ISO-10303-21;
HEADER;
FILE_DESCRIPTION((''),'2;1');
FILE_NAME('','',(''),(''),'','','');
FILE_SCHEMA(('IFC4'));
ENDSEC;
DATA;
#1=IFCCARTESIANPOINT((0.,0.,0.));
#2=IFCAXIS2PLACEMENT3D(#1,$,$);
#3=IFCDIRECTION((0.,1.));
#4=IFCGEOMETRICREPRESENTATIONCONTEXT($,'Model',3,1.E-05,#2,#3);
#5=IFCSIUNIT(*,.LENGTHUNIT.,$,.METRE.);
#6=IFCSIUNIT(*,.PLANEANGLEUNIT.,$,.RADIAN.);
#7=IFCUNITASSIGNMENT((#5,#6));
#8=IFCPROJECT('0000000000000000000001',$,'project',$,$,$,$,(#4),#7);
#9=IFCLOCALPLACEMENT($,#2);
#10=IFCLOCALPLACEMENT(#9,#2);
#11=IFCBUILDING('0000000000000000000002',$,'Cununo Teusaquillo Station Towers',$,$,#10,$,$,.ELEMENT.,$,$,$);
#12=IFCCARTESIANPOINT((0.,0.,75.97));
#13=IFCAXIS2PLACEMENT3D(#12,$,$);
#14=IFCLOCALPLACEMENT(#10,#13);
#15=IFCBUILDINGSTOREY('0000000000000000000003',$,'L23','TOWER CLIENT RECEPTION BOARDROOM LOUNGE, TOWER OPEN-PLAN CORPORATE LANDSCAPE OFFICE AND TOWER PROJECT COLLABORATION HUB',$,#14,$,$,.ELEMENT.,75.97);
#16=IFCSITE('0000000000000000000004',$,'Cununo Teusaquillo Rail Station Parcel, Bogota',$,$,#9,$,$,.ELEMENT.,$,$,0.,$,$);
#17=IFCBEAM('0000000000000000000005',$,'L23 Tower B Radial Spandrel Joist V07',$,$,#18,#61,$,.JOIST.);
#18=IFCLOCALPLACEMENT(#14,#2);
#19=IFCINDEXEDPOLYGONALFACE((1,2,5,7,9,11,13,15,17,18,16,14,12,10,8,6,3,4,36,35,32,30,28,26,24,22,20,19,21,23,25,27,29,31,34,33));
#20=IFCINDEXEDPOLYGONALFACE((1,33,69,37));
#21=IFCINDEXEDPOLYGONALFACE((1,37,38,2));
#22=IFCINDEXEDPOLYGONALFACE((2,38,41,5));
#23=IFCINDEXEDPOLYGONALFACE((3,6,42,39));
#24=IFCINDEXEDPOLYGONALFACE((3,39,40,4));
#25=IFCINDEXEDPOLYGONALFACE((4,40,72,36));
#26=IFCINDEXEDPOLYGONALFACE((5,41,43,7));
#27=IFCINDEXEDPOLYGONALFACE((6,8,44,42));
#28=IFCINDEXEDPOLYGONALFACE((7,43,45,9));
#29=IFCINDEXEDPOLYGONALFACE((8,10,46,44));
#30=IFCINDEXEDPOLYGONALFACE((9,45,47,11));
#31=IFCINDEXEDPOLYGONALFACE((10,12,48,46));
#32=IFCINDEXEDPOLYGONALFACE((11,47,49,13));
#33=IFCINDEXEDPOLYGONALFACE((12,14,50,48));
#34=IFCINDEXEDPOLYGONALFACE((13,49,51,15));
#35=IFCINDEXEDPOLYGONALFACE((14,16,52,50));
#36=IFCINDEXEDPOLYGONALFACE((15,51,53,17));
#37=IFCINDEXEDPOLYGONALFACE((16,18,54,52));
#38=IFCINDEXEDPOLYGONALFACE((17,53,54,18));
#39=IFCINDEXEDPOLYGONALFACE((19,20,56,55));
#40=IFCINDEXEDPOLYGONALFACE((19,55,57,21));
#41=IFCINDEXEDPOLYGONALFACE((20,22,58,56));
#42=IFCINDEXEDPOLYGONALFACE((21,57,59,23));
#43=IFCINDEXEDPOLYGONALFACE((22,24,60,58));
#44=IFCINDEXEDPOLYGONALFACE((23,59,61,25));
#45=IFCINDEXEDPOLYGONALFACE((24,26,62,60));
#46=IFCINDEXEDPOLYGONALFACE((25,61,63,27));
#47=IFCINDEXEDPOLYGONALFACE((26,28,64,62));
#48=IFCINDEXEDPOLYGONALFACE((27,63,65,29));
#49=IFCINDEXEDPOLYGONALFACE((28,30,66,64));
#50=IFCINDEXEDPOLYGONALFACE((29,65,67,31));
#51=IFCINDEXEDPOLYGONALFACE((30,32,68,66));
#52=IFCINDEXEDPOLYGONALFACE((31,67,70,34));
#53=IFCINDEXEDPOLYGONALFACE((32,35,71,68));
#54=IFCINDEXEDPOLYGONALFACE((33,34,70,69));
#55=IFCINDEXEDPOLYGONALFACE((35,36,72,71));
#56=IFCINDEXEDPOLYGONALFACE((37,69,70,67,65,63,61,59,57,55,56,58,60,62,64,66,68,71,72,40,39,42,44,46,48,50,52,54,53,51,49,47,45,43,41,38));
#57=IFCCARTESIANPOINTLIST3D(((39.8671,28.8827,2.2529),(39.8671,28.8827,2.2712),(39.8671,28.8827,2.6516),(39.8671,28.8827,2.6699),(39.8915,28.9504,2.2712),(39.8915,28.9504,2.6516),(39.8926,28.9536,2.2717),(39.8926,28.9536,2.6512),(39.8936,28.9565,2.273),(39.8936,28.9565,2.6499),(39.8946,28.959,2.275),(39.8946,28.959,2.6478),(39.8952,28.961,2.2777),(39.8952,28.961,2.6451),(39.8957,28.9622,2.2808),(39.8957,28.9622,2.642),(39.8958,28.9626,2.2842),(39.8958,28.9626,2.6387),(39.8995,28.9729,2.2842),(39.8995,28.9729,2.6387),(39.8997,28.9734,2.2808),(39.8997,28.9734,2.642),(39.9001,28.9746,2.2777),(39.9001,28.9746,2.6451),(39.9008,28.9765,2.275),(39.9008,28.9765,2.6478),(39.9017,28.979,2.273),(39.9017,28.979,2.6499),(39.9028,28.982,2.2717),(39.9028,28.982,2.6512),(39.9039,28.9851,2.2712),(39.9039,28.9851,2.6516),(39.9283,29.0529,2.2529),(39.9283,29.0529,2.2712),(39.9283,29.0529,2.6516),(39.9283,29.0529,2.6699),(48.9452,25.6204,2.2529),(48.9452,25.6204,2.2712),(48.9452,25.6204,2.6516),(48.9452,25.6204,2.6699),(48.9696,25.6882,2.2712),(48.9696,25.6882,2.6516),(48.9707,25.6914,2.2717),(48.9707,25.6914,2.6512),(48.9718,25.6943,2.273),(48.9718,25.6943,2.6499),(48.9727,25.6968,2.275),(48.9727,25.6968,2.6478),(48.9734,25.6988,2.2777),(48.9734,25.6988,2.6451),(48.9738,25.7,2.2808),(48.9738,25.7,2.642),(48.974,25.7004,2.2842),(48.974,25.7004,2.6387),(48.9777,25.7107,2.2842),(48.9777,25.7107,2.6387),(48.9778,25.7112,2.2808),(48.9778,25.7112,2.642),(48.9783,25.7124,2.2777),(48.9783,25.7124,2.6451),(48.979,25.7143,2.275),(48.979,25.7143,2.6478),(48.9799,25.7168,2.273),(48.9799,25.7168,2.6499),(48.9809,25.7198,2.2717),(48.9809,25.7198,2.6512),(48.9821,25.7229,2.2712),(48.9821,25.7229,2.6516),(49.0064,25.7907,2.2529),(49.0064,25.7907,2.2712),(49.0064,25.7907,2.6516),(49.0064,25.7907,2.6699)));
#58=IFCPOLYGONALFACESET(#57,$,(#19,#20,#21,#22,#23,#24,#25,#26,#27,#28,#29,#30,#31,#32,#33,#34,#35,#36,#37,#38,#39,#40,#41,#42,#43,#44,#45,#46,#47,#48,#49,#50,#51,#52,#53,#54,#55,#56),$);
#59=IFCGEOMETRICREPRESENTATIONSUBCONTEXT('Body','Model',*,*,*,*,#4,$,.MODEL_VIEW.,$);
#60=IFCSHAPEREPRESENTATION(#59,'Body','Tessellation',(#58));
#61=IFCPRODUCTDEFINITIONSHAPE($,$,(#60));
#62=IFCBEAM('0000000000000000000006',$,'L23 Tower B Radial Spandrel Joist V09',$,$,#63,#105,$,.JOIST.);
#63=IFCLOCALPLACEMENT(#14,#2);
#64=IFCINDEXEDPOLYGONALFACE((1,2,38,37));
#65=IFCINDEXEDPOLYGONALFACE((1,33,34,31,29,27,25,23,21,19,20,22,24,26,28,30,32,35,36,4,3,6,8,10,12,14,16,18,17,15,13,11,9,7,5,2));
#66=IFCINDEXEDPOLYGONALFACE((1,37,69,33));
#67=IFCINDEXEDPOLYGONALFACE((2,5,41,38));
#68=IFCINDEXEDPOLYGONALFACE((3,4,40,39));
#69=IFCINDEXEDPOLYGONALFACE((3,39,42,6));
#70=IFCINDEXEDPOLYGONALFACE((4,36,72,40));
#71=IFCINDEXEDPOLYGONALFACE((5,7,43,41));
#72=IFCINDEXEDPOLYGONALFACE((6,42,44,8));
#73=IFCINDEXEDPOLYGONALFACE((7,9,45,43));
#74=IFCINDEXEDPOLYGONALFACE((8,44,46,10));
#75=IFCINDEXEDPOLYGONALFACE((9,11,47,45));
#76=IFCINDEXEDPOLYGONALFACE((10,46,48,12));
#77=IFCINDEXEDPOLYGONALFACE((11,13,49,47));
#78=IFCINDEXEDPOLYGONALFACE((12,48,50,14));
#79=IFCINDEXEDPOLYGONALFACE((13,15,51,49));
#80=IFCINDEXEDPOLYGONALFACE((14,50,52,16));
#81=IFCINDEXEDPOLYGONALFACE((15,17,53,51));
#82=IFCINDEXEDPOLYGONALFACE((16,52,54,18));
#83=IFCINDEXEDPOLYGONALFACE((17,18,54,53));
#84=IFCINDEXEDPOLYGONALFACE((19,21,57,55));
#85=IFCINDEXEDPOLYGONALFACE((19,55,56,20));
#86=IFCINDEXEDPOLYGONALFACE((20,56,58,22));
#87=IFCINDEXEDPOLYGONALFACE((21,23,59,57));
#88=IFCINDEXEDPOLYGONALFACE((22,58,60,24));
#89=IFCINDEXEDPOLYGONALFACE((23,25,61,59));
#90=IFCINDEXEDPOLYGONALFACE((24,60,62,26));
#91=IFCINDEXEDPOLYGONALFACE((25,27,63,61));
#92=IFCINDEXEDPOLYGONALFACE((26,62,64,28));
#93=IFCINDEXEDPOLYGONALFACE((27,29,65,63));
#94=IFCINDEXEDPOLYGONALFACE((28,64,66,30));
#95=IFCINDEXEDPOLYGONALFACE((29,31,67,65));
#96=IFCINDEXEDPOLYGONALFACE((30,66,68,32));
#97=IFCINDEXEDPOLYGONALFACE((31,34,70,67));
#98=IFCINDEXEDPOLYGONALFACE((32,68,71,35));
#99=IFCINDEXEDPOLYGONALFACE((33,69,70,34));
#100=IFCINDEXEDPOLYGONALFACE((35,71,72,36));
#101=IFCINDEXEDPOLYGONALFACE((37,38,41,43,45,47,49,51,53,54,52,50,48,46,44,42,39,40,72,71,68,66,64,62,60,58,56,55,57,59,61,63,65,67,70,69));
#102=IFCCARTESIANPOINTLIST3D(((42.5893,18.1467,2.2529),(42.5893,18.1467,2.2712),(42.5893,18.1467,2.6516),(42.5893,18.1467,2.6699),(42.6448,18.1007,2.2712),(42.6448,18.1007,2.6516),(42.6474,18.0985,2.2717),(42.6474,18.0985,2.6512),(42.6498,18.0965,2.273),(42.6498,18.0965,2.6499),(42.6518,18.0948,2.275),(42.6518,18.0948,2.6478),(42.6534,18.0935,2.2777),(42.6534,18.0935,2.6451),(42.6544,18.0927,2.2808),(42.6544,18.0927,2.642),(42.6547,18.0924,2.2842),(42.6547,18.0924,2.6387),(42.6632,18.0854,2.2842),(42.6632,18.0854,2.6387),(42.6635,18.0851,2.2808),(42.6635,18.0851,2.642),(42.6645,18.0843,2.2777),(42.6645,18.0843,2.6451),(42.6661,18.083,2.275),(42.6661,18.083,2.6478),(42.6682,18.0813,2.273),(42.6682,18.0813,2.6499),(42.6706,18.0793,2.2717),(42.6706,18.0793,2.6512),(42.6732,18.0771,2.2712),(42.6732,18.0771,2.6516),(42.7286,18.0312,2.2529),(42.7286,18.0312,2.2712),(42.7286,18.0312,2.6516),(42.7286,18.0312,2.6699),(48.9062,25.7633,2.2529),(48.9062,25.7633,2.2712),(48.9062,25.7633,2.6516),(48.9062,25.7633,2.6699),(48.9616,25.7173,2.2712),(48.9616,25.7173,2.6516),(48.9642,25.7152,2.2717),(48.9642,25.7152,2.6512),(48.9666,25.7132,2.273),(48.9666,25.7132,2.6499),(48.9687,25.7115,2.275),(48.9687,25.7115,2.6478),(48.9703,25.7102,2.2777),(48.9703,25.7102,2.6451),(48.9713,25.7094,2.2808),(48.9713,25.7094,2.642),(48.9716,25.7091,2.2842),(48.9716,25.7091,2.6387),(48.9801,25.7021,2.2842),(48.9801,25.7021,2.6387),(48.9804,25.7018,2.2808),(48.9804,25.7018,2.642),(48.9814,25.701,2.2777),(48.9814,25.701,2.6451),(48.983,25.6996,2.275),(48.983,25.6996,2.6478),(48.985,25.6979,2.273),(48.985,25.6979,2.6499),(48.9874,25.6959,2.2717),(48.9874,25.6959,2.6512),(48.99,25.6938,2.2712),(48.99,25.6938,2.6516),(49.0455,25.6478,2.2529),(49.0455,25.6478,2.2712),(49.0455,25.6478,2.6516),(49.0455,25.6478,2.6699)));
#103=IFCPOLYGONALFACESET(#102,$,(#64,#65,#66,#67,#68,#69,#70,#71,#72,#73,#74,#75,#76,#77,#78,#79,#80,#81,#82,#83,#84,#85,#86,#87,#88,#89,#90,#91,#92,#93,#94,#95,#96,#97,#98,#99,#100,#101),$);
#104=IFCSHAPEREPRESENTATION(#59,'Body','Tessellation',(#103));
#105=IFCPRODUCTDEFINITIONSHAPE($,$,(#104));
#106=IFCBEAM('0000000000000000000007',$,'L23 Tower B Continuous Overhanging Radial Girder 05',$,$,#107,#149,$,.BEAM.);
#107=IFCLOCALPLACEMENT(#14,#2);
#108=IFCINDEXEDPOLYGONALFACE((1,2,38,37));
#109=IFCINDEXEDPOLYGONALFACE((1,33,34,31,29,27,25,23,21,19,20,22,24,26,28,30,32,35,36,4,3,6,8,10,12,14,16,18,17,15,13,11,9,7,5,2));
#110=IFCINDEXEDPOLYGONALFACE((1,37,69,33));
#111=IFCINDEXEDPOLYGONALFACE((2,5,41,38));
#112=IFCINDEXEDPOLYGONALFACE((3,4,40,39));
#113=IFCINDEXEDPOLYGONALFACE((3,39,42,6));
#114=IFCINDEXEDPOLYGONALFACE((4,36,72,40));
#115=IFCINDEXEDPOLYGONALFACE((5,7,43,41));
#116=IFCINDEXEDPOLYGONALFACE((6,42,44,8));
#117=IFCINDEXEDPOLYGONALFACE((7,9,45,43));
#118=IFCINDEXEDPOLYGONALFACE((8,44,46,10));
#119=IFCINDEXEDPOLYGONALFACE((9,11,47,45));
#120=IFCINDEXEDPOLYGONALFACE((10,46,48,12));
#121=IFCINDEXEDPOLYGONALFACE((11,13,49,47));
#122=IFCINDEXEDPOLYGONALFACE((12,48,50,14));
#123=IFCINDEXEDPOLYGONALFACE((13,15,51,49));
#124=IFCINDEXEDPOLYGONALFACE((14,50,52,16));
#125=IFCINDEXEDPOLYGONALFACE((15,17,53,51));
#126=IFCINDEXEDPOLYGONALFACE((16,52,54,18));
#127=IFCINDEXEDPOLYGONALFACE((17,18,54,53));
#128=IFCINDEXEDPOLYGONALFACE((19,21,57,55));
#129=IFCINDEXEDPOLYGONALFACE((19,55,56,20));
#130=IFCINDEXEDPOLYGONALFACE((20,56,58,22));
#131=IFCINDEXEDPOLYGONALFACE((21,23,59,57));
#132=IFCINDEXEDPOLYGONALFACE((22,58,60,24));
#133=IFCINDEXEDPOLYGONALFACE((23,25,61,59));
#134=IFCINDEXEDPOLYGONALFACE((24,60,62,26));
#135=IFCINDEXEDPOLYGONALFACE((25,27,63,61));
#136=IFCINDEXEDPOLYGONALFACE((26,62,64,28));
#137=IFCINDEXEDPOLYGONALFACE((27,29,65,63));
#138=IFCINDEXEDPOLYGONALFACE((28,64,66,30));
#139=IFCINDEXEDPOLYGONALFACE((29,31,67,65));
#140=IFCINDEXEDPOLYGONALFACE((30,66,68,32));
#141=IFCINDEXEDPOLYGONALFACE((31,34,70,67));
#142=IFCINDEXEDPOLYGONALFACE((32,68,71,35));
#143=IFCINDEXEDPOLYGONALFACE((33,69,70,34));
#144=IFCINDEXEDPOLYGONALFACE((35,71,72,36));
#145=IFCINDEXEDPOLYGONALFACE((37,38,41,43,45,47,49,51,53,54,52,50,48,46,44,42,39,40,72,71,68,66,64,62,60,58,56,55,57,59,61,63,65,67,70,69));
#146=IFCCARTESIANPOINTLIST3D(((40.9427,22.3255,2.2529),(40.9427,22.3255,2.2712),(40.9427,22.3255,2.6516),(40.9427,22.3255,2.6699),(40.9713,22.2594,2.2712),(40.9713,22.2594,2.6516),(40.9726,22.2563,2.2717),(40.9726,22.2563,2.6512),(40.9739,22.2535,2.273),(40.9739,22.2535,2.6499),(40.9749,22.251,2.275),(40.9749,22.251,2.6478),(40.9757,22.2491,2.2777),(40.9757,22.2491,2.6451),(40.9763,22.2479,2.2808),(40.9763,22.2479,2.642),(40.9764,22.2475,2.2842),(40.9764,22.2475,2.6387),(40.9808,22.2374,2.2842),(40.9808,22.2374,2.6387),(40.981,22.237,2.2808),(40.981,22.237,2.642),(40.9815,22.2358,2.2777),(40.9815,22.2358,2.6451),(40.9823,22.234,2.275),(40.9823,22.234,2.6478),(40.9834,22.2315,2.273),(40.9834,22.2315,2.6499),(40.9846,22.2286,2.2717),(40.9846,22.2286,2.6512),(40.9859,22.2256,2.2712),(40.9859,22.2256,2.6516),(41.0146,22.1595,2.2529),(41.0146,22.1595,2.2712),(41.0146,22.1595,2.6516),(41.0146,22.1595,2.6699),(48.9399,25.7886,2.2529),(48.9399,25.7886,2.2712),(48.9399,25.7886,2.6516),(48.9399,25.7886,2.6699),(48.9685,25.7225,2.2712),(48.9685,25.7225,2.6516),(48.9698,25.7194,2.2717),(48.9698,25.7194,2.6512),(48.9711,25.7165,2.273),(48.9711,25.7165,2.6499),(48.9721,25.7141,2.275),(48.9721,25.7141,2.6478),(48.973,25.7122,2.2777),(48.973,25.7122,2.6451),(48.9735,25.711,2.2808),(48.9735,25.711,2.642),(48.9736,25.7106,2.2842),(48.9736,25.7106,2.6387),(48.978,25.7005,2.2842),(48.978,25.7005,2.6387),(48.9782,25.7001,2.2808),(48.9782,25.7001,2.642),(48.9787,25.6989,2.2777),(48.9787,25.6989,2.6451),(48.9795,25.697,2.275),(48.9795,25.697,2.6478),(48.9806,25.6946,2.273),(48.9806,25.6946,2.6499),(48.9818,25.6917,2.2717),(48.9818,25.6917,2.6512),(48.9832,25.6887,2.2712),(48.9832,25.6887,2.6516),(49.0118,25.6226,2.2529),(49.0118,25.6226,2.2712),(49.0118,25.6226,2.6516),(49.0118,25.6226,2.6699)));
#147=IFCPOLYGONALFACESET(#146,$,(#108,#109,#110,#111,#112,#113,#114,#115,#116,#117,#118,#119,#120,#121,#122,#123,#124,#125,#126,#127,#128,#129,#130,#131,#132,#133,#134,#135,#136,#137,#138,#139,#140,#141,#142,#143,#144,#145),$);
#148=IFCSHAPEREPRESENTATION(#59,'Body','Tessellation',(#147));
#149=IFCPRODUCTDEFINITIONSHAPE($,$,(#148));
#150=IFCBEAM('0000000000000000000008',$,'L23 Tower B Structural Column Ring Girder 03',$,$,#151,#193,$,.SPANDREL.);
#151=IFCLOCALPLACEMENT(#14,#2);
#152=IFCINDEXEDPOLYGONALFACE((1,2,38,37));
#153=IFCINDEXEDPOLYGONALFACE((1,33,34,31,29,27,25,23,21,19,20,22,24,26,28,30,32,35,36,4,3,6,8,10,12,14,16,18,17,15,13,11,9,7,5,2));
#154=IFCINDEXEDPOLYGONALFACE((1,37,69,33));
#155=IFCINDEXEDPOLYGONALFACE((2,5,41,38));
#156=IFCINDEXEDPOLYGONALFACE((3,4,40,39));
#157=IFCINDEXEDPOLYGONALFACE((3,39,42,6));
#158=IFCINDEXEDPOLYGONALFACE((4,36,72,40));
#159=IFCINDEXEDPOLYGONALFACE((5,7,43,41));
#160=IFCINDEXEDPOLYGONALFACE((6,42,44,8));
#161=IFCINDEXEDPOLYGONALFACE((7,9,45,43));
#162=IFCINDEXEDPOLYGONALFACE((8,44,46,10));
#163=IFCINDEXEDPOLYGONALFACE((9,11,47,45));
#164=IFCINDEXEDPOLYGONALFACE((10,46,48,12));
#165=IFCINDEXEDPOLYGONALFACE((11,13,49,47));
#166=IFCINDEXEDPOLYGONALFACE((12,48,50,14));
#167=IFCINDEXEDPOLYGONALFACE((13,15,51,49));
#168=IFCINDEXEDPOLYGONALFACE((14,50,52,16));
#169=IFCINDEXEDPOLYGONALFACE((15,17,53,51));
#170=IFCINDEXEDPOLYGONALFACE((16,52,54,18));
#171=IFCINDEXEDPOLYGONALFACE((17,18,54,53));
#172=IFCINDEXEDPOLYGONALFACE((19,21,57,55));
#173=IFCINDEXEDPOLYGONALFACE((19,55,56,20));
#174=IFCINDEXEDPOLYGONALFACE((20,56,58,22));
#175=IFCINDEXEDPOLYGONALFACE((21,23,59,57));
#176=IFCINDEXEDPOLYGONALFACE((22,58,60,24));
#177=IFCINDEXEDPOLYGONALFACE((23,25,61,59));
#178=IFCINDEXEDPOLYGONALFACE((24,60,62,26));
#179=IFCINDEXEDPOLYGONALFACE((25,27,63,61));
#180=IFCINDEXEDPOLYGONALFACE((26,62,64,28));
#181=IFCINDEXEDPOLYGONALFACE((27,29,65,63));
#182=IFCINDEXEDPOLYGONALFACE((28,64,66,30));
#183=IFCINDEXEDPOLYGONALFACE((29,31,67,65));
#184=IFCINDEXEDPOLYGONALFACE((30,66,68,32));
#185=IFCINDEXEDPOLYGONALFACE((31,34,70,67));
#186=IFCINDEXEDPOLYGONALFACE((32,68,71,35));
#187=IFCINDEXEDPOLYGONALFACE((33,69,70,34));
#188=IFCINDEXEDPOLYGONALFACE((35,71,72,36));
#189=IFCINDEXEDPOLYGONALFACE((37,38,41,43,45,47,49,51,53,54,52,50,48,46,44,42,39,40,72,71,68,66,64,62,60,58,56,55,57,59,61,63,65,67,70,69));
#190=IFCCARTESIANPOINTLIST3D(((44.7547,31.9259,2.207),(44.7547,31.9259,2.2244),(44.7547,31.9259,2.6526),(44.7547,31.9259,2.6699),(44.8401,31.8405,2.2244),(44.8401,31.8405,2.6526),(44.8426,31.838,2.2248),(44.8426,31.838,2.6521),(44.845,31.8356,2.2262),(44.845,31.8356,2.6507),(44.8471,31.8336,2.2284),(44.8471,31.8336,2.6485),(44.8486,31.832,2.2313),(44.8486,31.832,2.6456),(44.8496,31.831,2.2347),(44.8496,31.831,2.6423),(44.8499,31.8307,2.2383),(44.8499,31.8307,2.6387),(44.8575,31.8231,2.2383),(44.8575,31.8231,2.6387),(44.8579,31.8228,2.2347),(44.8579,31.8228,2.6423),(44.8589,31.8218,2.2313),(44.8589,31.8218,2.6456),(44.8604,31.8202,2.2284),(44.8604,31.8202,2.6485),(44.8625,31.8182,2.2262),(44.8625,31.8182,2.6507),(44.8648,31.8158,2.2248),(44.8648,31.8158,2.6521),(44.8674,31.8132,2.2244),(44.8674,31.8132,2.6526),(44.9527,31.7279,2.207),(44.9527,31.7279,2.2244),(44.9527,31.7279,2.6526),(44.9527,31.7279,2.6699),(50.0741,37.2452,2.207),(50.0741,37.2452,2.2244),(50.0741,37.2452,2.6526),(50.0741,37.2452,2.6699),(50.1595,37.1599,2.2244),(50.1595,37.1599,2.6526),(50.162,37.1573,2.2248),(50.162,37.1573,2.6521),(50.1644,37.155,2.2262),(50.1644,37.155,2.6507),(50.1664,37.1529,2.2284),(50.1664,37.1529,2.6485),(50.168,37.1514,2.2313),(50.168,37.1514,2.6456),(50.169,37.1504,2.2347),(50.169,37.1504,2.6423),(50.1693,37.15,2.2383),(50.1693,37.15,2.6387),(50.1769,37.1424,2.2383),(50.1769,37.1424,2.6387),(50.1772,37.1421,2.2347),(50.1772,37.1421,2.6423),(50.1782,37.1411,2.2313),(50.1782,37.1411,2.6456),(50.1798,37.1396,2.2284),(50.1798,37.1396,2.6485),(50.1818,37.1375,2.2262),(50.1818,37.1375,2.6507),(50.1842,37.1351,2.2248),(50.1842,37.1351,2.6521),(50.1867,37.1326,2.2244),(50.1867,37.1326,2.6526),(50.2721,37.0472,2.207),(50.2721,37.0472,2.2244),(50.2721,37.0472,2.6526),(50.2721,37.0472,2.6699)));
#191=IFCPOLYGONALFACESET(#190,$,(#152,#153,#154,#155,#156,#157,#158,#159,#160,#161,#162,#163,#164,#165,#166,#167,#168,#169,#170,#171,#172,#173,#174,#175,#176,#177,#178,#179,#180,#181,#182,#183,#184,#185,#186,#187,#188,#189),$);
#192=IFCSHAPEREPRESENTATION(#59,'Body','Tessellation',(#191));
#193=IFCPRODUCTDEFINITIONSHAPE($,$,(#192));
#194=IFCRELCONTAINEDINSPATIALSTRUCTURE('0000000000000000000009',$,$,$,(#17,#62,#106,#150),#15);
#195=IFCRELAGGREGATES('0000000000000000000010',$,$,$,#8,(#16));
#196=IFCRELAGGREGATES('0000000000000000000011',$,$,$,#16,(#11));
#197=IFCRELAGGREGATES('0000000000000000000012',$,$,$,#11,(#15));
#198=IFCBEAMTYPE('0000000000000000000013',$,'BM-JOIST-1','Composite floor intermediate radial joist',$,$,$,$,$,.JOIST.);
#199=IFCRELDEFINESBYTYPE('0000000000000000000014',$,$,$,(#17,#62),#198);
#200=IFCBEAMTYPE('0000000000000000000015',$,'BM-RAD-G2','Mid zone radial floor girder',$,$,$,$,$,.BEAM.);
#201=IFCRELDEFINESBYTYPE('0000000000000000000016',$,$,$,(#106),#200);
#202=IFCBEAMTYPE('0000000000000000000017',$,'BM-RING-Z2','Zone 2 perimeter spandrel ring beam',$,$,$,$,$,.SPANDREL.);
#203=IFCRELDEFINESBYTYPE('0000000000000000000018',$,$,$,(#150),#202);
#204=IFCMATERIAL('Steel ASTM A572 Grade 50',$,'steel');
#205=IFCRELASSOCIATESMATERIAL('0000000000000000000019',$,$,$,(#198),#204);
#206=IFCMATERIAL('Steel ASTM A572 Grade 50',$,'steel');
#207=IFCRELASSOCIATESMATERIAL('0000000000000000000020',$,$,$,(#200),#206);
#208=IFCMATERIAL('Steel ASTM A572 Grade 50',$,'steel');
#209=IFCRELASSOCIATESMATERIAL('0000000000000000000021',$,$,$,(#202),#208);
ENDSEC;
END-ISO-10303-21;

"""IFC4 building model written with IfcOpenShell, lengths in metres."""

from ifc_helpers import new_model, si_unit, direction, frame, origin, origin_2d, place, context, subcontext, project, spatial, i_section, extrude, material, material_profile, profile_set, type_object, element, save


model = new_model("IFC4")

# Units and contexts
model_context = context("Model", 3, precision=1e-05, world=origin(), true_north=direction((0.0, 1.0)))
body_context = subcontext(model_context, "Body", "Model", "MODEL_VIEW")
ifc_project = project(units=[si_unit("LENGTHUNIT", "METRE"), si_unit("PLANEANGLEUNIT", "RADIAN")], contexts=[model_context])

# Site, building, storey
site_placement = place(None, origin())
site = spatial("IfcSite", under=ifc_project, at=site_placement, Name="Cununo Teusaquillo Rail Station Parcel, Bogota", CompositionType="ELEMENT", RefElevation=0.0)
building_placement = place(site_placement, origin())
building = spatial("IfcBuilding", under=site, at=building_placement, Name="Cununo Teusaquillo Station Towers", CompositionType="ELEMENT")
storey_placement = place(building_placement, frame((0.0, 0.0, 75.97)))
storey = spatial("IfcBuildingStorey", under=building, at=storey_placement, Name="L23", Description="TOWER CLIENT RECEPTION BOARDROOM LOUNGE, TOWER OPEN-PLAN CORPORATE LANDSCAPE OFFICE AND TOWER PROJECT COLLABORATION HUB", CompositionType="ELEMENT", Elevation=75.97)

# Beams
ifc_material_1 = material(Name="Steel ASTM A572 Grade 50", Category="steel")
ifc_material_profile_1 = material_profile(ifc_material_1, i_section(OverallWidth=0.1809, OverallDepth=0.417, WebThickness=0.011, FlangeThickness=0.0183, FilletRadius=0.0129, at=origin_2d()), Name="W16X57")
ifc_profile_set_1 = profile_set([ifc_material_profile_1], Name="Steel ASTM A572 Grade 50")
beam_type_1 = type_object("IfcBeamType", Name="BM-JOIST-1", Description="Composite floor intermediate radial joist", PredefinedType="JOIST", material=ifc_profile_set_1)
beam_1_placement = place(storey_placement, frame((48.9758, 25.7056, 2.4614), z_axis=(-0.941083, 0.338176, 0.0), x_axis=(-0.338176, -0.941083, 0.0)))
element("IfcBeam", 1, at=beam_1_placement, inside=storey, type_object=beam_type_1, Name="L23 Tower B Radial Spandrel Joist V07", PredefinedType="JOIST", context=body_context, shape_type="SweptSolid", body=[
    extrude(i_section(OverallWidth=0.1809, OverallDepth=0.417, WebThickness=0.011, FlangeThickness=0.0183, FilletRadius=0.0129, at=origin_2d()), origin(), (0.0, 0.0, 1.0), 9.6465),
])
beam_2_placement = place(storey_placement, frame((48.9758, 25.7056, 2.4614), z_axis=(-0.638372, -0.769728, 0.0), x_axis=(0.769728, -0.638372, 0.0)))
element("IfcBeam", 2, at=beam_2_placement, inside=storey, type_object=beam_type_1, Name="L23 Tower B Radial Spandrel Joist V09", PredefinedType="JOIST", context=body_context, shape_type="SweptSolid", body=[
    extrude(i_section(OverallWidth=0.1809, OverallDepth=0.417, WebThickness=0.011, FlangeThickness=0.0183, FilletRadius=0.0129, at=origin_2d()), origin(), (0.0, 0.0, 1.0), 9.8953),
])
ifc_material_2 = material(Name="Steel ASTM A572 Grade 50", Category="steel")
ifc_material_profile_2 = material_profile(ifc_material_2, i_section(OverallWidth=0.1809, OverallDepth=0.417, WebThickness=0.011, FlangeThickness=0.0183, FilletRadius=0.0129, at=origin_2d()), Name="W16X57")
ifc_profile_set_2 = profile_set([ifc_material_profile_2], Name="Steel ASTM A572 Grade 50")
beam_type_2 = type_object("IfcBeamType", Name="BM-RAD-G2", Description="Mid zone radial floor girder", PredefinedType="BEAM", material=ifc_profile_set_2)
beam_3_placement = place(storey_placement, frame((48.9758, 25.7056, 2.4614), z_axis=(-0.917655, -0.397379, 0.0), x_axis=(0.397379, -0.917655, 0.0)))
element("IfcBeam", 3, at=beam_3_placement, inside=storey, type_object=beam_type_2, Name="L23 Tower B Continuous Overhanging Radial Girder 05", PredefinedType="BEAM", context=body_context, shape_type="SweptSolid", body=[
    extrude(i_section(OverallWidth=0.1809, OverallDepth=0.417, WebThickness=0.011, FlangeThickness=0.0183, FilletRadius=0.0129, at=origin_2d()), origin(), (0.0, 0.0, 1.0), 8.7148),
])
ifc_material_3 = material(Name="Steel ASTM A572 Grade 50", Category="steel")
ifc_material_profile_3 = material_profile(ifc_material_3, i_section(OverallWidth=0.28, OverallDepth=0.4629, WebThickness=0.0107, FlangeThickness=0.0173, FilletRadius=0.0139, at=origin_2d()), Name="W18X76")
ifc_profile_set_3 = profile_set([ifc_material_profile_3], Name="Steel ASTM A572 Grade 50")
beam_type_3 = type_object("IfcBeamType", Name="BM-RING-Z2", Description="Zone 2 perimeter spandrel ring beam", PredefinedType="SPANDREL", material=ifc_profile_set_3)
beam_4_placement = place(storey_placement, frame((50.1731, 37.1462, 2.4385), z_axis=(-0.707107, -0.707107, 0.0), x_axis=(0.707107, -0.707107, 0.0)))
element("IfcBeam", 4, at=beam_4_placement, inside=storey, type_object=beam_type_3, Name="L23 Tower B Structural Column Ring Girder 03", PredefinedType="SPANDREL", context=body_context, shape_type="SweptSolid", body=[
    extrude(i_section(OverallWidth=0.28, OverallDepth=0.4629, WebThickness=0.0107, FlangeThickness=0.0173, FilletRadius=0.0139, at=origin_2d()), origin(), (0.0, 0.0, 1.0), 7.5227),
])

save(model, "model.ifc")
